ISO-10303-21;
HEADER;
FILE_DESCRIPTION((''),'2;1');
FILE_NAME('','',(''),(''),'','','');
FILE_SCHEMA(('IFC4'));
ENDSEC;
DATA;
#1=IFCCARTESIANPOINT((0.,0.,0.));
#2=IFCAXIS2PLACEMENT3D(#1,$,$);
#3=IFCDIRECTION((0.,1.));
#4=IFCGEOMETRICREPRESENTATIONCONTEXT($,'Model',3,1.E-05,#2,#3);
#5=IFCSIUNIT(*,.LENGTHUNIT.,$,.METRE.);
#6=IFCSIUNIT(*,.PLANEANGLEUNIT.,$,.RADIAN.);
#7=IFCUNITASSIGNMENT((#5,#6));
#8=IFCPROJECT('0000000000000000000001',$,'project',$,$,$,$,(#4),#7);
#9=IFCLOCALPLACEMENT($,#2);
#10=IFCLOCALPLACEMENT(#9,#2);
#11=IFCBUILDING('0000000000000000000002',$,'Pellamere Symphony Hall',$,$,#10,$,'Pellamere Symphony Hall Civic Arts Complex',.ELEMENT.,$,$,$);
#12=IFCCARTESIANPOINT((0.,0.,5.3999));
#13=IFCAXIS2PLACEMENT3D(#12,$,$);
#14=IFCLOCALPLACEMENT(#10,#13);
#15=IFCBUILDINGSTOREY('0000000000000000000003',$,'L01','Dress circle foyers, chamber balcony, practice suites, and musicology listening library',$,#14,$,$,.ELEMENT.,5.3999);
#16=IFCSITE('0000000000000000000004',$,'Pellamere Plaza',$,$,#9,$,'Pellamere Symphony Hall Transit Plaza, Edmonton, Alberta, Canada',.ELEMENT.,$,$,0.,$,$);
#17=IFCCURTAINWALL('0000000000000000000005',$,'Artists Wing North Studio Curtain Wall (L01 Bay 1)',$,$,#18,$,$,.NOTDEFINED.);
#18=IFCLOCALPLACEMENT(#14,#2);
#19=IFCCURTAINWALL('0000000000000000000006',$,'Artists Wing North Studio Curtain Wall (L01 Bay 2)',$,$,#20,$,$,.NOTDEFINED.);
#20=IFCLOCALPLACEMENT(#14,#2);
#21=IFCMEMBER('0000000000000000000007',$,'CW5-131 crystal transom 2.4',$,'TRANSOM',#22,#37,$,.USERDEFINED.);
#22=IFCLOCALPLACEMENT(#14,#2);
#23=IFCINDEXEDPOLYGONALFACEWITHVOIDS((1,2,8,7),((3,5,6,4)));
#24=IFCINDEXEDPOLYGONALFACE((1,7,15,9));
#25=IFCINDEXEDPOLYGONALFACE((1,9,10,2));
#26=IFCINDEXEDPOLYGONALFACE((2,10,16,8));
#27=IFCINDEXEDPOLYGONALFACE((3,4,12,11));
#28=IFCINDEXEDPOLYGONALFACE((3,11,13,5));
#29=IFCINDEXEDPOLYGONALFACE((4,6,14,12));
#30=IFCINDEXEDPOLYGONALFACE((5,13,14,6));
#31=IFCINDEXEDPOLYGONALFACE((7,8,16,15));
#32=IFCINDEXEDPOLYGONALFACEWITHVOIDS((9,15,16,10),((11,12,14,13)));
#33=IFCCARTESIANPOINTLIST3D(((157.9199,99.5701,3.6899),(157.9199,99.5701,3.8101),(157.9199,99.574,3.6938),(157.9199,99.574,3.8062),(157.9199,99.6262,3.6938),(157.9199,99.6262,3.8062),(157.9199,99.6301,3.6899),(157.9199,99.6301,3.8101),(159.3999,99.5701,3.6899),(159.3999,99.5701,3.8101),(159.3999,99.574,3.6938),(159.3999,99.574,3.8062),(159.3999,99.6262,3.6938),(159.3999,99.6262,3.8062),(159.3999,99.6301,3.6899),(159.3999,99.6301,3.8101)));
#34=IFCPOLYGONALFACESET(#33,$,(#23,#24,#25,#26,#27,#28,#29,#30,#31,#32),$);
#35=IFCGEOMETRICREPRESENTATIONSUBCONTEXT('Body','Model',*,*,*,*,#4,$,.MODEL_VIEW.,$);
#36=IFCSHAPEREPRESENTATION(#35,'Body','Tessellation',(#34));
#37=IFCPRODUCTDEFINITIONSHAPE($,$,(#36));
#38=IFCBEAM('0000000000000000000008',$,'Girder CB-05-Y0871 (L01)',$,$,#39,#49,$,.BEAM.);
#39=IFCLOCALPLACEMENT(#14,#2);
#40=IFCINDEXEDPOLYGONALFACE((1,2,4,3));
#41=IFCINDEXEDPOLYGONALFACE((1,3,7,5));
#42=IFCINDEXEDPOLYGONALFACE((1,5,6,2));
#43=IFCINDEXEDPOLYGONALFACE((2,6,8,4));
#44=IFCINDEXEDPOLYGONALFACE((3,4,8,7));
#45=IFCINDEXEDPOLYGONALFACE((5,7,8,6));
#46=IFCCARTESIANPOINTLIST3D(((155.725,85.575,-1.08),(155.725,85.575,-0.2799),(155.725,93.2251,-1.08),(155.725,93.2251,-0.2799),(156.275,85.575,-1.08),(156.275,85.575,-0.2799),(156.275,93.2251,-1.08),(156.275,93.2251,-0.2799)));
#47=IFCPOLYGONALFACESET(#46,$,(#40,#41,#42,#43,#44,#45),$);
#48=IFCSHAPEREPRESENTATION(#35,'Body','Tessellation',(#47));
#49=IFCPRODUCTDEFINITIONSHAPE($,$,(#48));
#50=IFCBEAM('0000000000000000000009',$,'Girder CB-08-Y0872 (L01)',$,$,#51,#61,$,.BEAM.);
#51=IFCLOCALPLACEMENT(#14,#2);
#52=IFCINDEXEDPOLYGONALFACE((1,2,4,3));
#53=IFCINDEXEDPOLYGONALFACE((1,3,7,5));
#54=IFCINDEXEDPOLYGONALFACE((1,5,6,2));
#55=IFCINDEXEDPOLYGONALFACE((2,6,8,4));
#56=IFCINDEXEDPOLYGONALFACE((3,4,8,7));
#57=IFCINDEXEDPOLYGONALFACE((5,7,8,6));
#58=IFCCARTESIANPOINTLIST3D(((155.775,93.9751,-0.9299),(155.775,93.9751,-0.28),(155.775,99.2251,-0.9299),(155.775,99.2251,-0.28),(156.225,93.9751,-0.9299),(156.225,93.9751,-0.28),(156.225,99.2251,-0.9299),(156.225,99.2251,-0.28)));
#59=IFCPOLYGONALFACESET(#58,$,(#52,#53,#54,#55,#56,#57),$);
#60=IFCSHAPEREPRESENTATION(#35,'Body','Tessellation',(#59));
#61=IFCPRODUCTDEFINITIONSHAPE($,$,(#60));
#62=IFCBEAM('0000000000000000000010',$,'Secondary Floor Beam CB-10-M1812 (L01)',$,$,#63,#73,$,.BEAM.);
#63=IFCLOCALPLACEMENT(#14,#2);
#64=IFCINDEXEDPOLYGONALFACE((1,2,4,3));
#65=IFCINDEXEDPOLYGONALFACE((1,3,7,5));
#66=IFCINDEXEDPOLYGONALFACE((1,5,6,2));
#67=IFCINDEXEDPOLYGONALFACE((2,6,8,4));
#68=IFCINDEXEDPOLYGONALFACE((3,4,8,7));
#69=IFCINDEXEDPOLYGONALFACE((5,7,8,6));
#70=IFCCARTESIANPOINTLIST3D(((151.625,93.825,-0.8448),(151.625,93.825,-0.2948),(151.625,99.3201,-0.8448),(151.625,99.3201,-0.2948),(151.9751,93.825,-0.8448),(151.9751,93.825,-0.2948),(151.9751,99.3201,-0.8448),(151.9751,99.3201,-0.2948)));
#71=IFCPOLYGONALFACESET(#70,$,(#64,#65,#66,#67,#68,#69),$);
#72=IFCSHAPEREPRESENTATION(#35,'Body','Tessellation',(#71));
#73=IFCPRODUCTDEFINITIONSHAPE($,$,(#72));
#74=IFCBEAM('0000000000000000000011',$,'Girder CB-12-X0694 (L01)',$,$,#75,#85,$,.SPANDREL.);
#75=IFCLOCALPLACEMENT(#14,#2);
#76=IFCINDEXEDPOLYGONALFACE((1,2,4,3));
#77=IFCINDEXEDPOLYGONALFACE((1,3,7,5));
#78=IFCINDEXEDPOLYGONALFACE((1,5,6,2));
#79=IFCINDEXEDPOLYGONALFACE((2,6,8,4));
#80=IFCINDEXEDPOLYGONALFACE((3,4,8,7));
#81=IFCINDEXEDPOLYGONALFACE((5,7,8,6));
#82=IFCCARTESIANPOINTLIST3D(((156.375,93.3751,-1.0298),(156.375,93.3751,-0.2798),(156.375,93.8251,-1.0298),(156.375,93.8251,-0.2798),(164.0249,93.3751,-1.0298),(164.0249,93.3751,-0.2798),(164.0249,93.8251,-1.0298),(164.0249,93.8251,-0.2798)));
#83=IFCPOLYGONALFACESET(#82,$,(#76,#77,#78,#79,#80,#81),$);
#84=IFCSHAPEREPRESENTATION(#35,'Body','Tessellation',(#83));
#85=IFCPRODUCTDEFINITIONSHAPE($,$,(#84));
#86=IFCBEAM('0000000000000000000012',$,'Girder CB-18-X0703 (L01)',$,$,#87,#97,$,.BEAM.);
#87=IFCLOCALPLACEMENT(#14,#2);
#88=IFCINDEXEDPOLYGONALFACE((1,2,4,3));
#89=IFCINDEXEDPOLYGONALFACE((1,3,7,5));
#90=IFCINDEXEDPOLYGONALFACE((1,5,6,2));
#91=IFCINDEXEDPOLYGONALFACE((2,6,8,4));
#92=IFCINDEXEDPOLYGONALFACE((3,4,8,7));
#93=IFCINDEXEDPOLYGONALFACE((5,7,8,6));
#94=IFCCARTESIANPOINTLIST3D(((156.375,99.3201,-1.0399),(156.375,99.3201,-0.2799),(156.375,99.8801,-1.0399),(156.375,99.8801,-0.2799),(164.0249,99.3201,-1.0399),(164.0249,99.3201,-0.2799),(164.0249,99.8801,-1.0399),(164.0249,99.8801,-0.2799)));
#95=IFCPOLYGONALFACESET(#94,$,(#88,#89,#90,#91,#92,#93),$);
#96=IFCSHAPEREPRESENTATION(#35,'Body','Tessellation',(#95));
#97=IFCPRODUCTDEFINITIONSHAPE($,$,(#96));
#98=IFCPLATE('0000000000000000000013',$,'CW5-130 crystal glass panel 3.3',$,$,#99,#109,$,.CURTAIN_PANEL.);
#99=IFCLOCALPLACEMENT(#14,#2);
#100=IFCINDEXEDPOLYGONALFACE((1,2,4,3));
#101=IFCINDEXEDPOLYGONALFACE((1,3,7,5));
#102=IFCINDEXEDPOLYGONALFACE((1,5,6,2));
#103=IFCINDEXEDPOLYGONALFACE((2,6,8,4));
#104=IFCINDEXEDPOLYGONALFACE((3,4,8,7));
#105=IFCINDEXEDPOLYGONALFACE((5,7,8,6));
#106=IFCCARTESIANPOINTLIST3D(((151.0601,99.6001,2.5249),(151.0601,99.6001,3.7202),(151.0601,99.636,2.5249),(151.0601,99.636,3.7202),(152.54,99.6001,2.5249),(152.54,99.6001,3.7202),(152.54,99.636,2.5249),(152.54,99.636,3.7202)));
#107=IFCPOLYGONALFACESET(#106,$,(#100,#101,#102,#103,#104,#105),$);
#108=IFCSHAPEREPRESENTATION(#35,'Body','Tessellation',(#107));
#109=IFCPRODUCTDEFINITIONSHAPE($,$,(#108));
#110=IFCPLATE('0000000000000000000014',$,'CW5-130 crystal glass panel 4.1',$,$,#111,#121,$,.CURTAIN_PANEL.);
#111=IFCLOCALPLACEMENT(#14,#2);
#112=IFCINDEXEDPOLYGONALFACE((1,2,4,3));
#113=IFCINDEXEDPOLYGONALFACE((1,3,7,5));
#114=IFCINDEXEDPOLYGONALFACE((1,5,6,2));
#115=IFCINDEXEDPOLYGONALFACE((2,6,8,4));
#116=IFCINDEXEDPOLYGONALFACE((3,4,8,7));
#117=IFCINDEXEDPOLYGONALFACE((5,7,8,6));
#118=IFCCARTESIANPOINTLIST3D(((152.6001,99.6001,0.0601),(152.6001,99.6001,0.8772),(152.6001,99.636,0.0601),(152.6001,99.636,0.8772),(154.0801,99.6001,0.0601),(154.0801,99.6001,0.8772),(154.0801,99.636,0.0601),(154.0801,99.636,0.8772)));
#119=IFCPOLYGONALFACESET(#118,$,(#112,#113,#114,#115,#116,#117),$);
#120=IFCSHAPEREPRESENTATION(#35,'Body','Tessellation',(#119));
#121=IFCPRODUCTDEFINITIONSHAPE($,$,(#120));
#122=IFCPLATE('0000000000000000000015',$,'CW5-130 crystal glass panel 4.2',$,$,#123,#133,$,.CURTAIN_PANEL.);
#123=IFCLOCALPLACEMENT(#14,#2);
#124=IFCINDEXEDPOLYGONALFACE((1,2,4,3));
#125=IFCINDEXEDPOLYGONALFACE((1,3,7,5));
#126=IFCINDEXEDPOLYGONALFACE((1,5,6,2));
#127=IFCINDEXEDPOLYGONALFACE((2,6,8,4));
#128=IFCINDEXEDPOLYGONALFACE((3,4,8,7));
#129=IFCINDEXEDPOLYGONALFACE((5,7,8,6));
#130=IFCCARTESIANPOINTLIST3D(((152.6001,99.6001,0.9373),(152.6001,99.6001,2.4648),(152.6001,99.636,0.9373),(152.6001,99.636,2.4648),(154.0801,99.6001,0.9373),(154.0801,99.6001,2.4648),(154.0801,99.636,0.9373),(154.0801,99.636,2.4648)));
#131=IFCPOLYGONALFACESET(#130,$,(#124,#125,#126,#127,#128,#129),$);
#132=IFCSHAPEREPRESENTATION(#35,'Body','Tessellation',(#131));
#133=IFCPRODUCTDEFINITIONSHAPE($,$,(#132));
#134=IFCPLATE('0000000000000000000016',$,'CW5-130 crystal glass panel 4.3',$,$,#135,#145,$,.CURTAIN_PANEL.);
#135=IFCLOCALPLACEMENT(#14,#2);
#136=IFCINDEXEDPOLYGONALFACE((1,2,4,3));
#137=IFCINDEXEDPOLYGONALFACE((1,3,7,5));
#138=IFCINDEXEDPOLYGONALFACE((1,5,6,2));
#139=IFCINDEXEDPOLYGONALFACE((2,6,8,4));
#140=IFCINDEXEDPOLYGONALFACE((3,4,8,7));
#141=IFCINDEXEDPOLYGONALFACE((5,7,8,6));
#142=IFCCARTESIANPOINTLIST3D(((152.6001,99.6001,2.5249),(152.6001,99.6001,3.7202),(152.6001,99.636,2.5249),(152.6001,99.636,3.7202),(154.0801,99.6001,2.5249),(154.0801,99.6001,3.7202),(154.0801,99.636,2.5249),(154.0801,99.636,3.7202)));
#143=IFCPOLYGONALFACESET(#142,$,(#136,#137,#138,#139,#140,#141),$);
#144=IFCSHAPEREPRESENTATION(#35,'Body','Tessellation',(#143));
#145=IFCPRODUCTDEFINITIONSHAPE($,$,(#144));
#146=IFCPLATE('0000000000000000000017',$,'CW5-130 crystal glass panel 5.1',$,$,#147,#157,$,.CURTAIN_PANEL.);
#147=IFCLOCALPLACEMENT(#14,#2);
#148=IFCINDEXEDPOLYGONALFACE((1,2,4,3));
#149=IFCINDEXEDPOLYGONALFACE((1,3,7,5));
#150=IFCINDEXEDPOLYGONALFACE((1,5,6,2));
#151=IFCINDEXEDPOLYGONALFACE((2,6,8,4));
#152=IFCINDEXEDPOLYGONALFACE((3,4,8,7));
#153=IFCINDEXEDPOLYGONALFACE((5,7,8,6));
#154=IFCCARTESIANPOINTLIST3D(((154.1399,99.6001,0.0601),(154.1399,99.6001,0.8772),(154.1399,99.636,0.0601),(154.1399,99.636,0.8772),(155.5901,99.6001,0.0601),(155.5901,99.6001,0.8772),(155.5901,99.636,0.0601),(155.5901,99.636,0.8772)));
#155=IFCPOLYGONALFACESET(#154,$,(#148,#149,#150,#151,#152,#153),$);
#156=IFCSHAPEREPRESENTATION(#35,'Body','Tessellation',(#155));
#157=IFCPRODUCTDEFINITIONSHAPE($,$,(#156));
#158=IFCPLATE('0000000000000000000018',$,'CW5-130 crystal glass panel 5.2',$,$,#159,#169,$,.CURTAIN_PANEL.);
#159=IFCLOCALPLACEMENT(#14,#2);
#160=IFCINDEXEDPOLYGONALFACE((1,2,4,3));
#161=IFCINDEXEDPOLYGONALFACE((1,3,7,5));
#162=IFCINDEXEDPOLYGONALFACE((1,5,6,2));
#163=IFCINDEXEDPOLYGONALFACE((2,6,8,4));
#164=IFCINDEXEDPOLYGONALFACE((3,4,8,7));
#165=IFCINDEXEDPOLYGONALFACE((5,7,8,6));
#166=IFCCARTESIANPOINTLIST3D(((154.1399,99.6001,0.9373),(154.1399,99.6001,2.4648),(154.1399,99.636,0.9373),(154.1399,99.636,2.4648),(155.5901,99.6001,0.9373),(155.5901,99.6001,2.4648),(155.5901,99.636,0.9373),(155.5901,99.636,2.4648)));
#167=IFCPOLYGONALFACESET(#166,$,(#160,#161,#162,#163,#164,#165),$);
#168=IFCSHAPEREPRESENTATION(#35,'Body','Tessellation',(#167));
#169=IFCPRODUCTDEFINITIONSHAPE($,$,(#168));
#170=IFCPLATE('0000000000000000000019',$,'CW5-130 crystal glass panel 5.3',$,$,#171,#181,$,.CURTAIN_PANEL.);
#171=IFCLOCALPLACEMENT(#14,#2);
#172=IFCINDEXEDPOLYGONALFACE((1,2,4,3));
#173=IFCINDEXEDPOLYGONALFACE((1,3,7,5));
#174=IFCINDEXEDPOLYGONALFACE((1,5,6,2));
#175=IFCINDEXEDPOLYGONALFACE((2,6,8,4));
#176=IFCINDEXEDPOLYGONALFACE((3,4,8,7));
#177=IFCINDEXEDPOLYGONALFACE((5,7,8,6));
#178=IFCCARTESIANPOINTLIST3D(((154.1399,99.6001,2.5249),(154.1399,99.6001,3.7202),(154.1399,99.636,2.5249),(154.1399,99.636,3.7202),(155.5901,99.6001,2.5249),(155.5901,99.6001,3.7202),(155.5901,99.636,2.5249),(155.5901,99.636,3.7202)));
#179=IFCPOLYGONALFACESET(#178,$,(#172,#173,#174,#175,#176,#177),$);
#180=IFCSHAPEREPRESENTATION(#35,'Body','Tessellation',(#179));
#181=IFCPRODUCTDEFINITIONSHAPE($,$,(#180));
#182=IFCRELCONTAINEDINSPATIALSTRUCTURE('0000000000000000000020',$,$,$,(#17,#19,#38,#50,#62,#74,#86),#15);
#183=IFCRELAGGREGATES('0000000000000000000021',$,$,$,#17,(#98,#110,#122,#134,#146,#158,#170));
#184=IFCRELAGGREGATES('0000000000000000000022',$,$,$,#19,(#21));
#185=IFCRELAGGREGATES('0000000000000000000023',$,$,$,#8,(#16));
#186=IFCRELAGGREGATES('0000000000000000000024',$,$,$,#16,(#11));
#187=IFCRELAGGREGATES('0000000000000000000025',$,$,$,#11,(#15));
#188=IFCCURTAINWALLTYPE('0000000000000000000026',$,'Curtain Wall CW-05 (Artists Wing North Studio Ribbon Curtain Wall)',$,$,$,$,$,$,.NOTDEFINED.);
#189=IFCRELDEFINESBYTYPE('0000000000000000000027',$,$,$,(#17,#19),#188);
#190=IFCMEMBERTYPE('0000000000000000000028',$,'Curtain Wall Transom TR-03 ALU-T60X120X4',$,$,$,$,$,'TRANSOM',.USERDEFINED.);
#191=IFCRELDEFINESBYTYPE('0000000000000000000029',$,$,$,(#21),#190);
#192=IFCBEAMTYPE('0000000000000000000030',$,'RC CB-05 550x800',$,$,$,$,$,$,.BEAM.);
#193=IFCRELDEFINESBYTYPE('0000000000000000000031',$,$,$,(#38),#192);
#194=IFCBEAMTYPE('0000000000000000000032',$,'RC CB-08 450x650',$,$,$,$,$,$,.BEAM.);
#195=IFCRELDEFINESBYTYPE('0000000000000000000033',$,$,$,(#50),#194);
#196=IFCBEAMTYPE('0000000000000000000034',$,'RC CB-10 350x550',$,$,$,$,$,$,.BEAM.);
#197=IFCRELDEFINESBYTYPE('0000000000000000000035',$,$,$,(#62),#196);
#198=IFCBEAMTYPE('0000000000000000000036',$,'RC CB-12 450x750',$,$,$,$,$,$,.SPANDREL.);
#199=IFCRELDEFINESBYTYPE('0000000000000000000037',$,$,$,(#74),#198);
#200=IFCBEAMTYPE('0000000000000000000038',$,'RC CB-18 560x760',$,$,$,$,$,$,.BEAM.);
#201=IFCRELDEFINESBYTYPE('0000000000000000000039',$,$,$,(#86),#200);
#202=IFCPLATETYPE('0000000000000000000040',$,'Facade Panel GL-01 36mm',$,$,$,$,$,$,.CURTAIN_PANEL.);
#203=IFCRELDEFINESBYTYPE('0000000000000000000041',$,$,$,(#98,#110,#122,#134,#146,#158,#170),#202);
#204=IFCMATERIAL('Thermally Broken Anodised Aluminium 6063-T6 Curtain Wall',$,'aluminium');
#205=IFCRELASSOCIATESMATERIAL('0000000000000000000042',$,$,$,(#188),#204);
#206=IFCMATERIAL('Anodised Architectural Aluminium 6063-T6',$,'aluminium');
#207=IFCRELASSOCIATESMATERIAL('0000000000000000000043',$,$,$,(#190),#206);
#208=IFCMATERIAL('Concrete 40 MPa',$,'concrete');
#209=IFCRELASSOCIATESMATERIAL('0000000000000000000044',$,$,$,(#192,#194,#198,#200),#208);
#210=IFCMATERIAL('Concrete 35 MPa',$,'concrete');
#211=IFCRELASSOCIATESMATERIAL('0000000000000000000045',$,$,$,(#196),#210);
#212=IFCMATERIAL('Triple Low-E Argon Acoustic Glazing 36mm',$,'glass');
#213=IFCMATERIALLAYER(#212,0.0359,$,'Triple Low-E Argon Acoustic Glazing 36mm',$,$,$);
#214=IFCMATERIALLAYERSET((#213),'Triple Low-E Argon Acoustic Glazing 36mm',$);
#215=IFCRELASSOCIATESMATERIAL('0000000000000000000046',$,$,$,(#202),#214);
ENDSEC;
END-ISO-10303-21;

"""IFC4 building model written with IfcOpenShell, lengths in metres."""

from ifc_helpers import new_model, si_unit, direction, frame, origin, origin_2d, place, context, subcontext, project, spatial, polyline, rectangle, hollow_rectangle, outline, extrude, material, layer, layer_set, material_profile, profile_set, type_object, element, aggregate, save


model = new_model("IFC4")

# Units and contexts
model_context = context("Model", 3, precision=1e-05, world=origin(), true_north=direction((0.0, 1.0)))
body_context = subcontext(model_context, "Body", "Model", "MODEL_VIEW")
ifc_project = project(units=[si_unit("LENGTHUNIT", "METRE"), si_unit("PLANEANGLEUNIT", "RADIAN")], contexts=[model_context])

# Site, building, storey
site_placement = place(None, origin())
site = spatial("IfcSite", under=ifc_project, at=site_placement, Name="Pellamere Plaza", LongName="Pellamere Symphony Hall Transit Plaza, Edmonton, Alberta, Canada", CompositionType="ELEMENT", RefElevation=0.0)
building_placement = place(site_placement, origin())
building = spatial("IfcBuilding", under=site, at=building_placement, Name="Pellamere Symphony Hall", LongName="Pellamere Symphony Hall Civic Arts Complex", CompositionType="ELEMENT")
storey_placement = place(building_placement, frame((0.0, 0.0, 5.3999)))
storey = spatial("IfcBuildingStorey", under=building, at=storey_placement, Name="L01", Description="Dress circle foyers, chamber balcony, practice suites, and musicology listening library", CompositionType="ELEMENT", Elevation=5.3999)

# Shared definitions
ifc_material_1 = material(Name="Concrete 40 MPa", Category="concrete")

# Curtain walls
ifc_material_2 = material(Name="Thermally Broken Anodised Aluminium 6063-T6 Curtain Wall", Category="aluminium")
curtain_wall_type = type_object("IfcCurtainWallType", Name="Curtain Wall CW-05 (Artists Wing North Studio Ribbon Curtain Wall)", PredefinedType="NOTDEFINED", material=ifc_material_2)
curtain_wall_1_placement = place(storey_placement, origin())
curtain_wall_1 = element("IfcCurtainWall", 1, at=curtain_wall_1_placement, inside=storey, type_object=curtain_wall_type, Name="Artists Wing North Studio Curtain Wall (L01 Bay 1)", PredefinedType="NOTDEFINED")
ifc_material_3 = material(Name="Anodised Architectural Aluminium 6063-T6", Category="aluminium")
curtain_wall_2_placement = place(storey_placement, origin())
curtain_wall_2 = element("IfcCurtainWall", 2, at=curtain_wall_2_placement, inside=storey, type_object=curtain_wall_type, Name="Artists Wing North Studio Curtain Wall (L01 Bay 2)", PredefinedType="NOTDEFINED")

# Member
ifc_material_profile_1 = material_profile(ifc_material_3, hollow_rectangle(XDim=0.0601, YDim=0.1201, WallThickness=0.0039, at=origin_2d()), Name="ALU-T60X120X4")
ifc_profile_set_1 = profile_set([ifc_material_profile_1], Name="Anodised Architectural Aluminium 6063-T6")
member_type_1 = type_object("IfcMemberType", Name="Curtain Wall Transom TR-03 ALU-T60X120X4", ElementType="TRANSOM", PredefinedType="USERDEFINED", material=ifc_profile_set_1)
member_1_placement = place(storey_placement, frame((157.9199, 99.6001, 3.75), z_axis=(1.0, 0.0, 0.0), x_axis=(0.0, 1.0, 0.0)))
member_1 = element("IfcMember", 3, at=member_1_placement, type_object=member_type_1, Name="CW5-131 crystal transom 2.4", ObjectType="TRANSOM", PredefinedType="USERDEFINED", context=body_context, shape_type="SweptSolid", body=[
    extrude(hollow_rectangle(XDim=0.0601, YDim=0.1201, WallThickness=0.0039, at=origin_2d()), origin(), (0.0, 0.0, 1.0), 1.48),
])

# Beams
ifc_material_profile_2 = material_profile(ifc_material_1, rectangle(XDim=0.55, YDim=0.8, at=origin_2d()), Name="RC 550x800")
ifc_profile_set_2 = profile_set([ifc_material_profile_2], Name="Concrete 40 MPa")
beam_type_1 = type_object("IfcBeamType", Name="RC CB-05 550x800", PredefinedType="BEAM", material=ifc_profile_set_2)
beam_1_placement = place(storey_placement, frame((156.0, 85.575, -0.6799), z_axis=(0.0, 1.0, 0.0), x_axis=(-1.0, 0.0, 0.0)))
element("IfcBeam", 4, at=beam_1_placement, inside=storey, type_object=beam_type_1, Name="Girder CB-05-Y0871 (L01)", PredefinedType="BEAM", context=body_context, shape_type="SweptSolid", body=[
    extrude(rectangle(XDim=0.55, YDim=0.8, at=origin_2d()), origin(), (0.0, 0.0, 1.0), 7.6501),
])
ifc_material_profile_3 = material_profile(ifc_material_1, rectangle(XDim=0.45, YDim=0.6499, at=origin_2d()), Name="RC 450x650")
ifc_profile_set_3 = profile_set([ifc_material_profile_3], Name="Concrete 40 MPa")
beam_type_2 = type_object("IfcBeamType", Name="RC CB-08 450x650", PredefinedType="BEAM", material=ifc_profile_set_3)
beam_2_placement = place(storey_placement, frame((156.0, 93.9751, -0.605), z_axis=(0.0, 1.0, 0.0), x_axis=(-1.0, 0.0, 0.0)))
element("IfcBeam", 5, at=beam_2_placement, inside=storey, type_object=beam_type_2, Name="Girder CB-08-Y0872 (L01)", PredefinedType="BEAM", context=body_context, shape_type="SweptSolid", body=[
    extrude(rectangle(XDim=0.45, YDim=0.6499, at=origin_2d()), origin(), (0.0, 0.0, 1.0), 5.25),
])
ifc_material_4 = material(Name="Concrete 35 MPa", Category="concrete")
ifc_material_profile_4 = material_profile(ifc_material_4, rectangle(XDim=0.3501, YDim=0.55, at=origin_2d()), Name="RC 350x550")
ifc_profile_set_4 = profile_set([ifc_material_profile_4], Name="Concrete 35 MPa")
beam_type_3 = type_object("IfcBeamType", Name="RC CB-10 350x550", PredefinedType="BEAM", material=ifc_profile_set_4)
beam_3_placement = place(storey_placement, frame((151.8, 93.825, -0.5698), z_axis=(0.0, 1.0, 0.0), x_axis=(-1.0, 0.0, 0.0)))
element("IfcBeam", 6, at=beam_3_placement, inside=storey, type_object=beam_type_3, Name="Secondary Floor Beam CB-10-M1812 (L01)", PredefinedType="BEAM", context=body_context, shape_type="SweptSolid", body=[
    extrude(rectangle(XDim=0.3501, YDim=0.55, at=origin_2d()), origin(), (0.0, 0.0, 1.0), 5.4951),
])
ifc_material_profile_5 = material_profile(ifc_material_1, rectangle(XDim=0.45, YDim=0.75, at=origin_2d()), Name="RC 450x750")
ifc_profile_set_5 = profile_set([ifc_material_profile_5], Name="Concrete 40 MPa")
beam_type_4 = type_object("IfcBeamType", Name="RC CB-12 450x750", PredefinedType="SPANDREL", material=ifc_profile_set_5)
beam_4_placement = place(storey_placement, frame((156.375, 93.6001, -0.6548), z_axis=(1.0, 0.0, 0.0), x_axis=(0.0, 1.0, 0.0)))
element("IfcBeam", 7, at=beam_4_placement, inside=storey, type_object=beam_type_4, Name="Girder CB-12-X0694 (L01)", PredefinedType="SPANDREL", context=body_context, shape_type="SweptSolid", body=[
    extrude(rectangle(XDim=0.45, YDim=0.75, at=origin_2d()), origin(), (0.0, 0.0, 1.0), 7.6499),
])
ifc_material_profile_6 = material_profile(ifc_material_1, rectangle(XDim=0.5601, YDim=0.76, at=origin_2d()), Name="RC 560x760")
ifc_profile_set_6 = profile_set([ifc_material_profile_6], Name="Concrete 40 MPa")
beam_type_5 = type_object("IfcBeamType", Name="RC CB-18 560x760", PredefinedType="BEAM", material=ifc_profile_set_6)
beam_5_placement = place(storey_placement, frame((156.375, 99.6001, -0.6599), z_axis=(1.0, 0.0, 0.0), x_axis=(0.0, 1.0, 0.0)))
element("IfcBeam", 8, at=beam_5_placement, inside=storey, type_object=beam_type_5, Name="Girder CB-18-X0703 (L01)", PredefinedType="BEAM", context=body_context, shape_type="SweptSolid", body=[
    extrude(rectangle(XDim=0.5601, YDim=0.76, at=origin_2d()), origin(), (0.0, 0.0, 1.0), 7.6499),
])

# Plates
ifc_material_5 = material(Name="Triple Low-E Argon Acoustic Glazing 36mm", Category="glass")
ifc_layer = layer(ifc_material_5, 0.0359, Name="Triple Low-E Argon Acoustic Glazing 36mm")
ifc_layer_set = layer_set([ifc_layer], Name="Triple Low-E Argon Acoustic Glazing 36mm")
plate_type = type_object("IfcPlateType", Name="Facade Panel GL-01 36mm", PredefinedType="CURTAIN_PANEL", material=ifc_layer_set)
plate_1_placement = place(storey_placement, frame((151.0601, 99.6001, 2.5249), z_axis=(0.0, -1.0, 0.0), x_axis=(1.0, 0.0, 0.0)))
plate_1 = element("IfcPlate", 9, at=plate_1_placement, type_object=plate_type, Name="CW5-130 crystal glass panel 3.3", PredefinedType="CURTAIN_PANEL", context=body_context, shape_type="SweptSolid", body=[
    extrude(outline(polyline([(0.0, 0.0), (1.48, 0.0), (1.48, 1.1953), (0.0, 1.1953), (0.0, 0.0)])), origin(), (0.0, 0.0, -1.0), 0.0359),
])
plate_2_placement = place(storey_placement, frame((152.6001, 99.6001, 0.0601), z_axis=(0.0, -1.0, 0.0), x_axis=(1.0, 0.0, 0.0)))
plate_2 = element("IfcPlate", 10, at=plate_2_placement, type_object=plate_type, Name="CW5-130 crystal glass panel 4.1", PredefinedType="CURTAIN_PANEL", context=body_context, shape_type="SweptSolid", body=[
    extrude(outline(polyline([(0.0, 0.0), (1.48, 0.0), (1.48, 0.8171), (0.0, 0.8171), (0.0, 0.0)])), origin(), (0.0, 0.0, -1.0), 0.0359),
])
plate_3_placement = place(storey_placement, frame((152.6001, 99.6001, 0.9373), z_axis=(0.0, -1.0, 0.0), x_axis=(1.0, 0.0, 0.0)))
plate_3 = element("IfcPlate", 11, at=plate_3_placement, type_object=plate_type, Name="CW5-130 crystal glass panel 4.2", PredefinedType="CURTAIN_PANEL", context=body_context, shape_type="SweptSolid", body=[
    extrude(outline(polyline([(0.0, 0.0), (1.48, 0.0), (1.48, 1.5276), (0.0, 1.5276), (0.0, 0.0)])), origin(), (0.0, 0.0, -1.0), 0.0359),
])
plate_4_placement = place(storey_placement, frame((152.6001, 99.6001, 2.5249), z_axis=(0.0, -1.0, 0.0), x_axis=(1.0, 0.0, 0.0)))
plate_4 = element("IfcPlate", 12, at=plate_4_placement, type_object=plate_type, Name="CW5-130 crystal glass panel 4.3", PredefinedType="CURTAIN_PANEL", context=body_context, shape_type="SweptSolid", body=[
    extrude(outline(polyline([(0.0, 0.0), (1.48, 0.0), (1.48, 1.1953), (0.0, 1.1953), (0.0, 0.0)])), origin(), (0.0, 0.0, -1.0), 0.0359),
])
plate_5_placement = place(storey_placement, frame((154.1399, 99.6001, 0.0601), z_axis=(0.0, -1.0, 0.0), x_axis=(1.0, 0.0, 0.0)))
plate_5 = element("IfcPlate", 13, at=plate_5_placement, type_object=plate_type, Name="CW5-130 crystal glass panel 5.1", PredefinedType="CURTAIN_PANEL", context=body_context, shape_type="SweptSolid", body=[
    extrude(outline(polyline([(0.0, 0.0), (1.4502, 0.0), (1.4502, 0.8171), (0.0, 0.8171), (0.0, 0.0)])), origin(), (0.0, 0.0, -1.0), 0.0359),
])
plate_6_placement = place(storey_placement, frame((154.1399, 99.6001, 0.9373), z_axis=(0.0, -1.0, 0.0), x_axis=(1.0, 0.0, 0.0)))
plate_6 = element("IfcPlate", 14, at=plate_6_placement, type_object=plate_type, Name="CW5-130 crystal glass panel 5.2", PredefinedType="CURTAIN_PANEL", context=body_context, shape_type="SweptSolid", body=[
    extrude(outline(polyline([(0.0, 0.0), (1.4502, 0.0), (1.4502, 1.5276), (0.0, 1.5276), (0.0, 0.0)])), origin(), (0.0, 0.0, -1.0), 0.0359),
])
plate_7_placement = place(storey_placement, frame((154.1399, 99.6001, 2.5249), z_axis=(0.0, -1.0, 0.0), x_axis=(1.0, 0.0, 0.0)))
plate_7 = element("IfcPlate", 15, at=plate_7_placement, type_object=plate_type, Name="CW5-130 crystal glass panel 5.3", PredefinedType="CURTAIN_PANEL", context=body_context, shape_type="SweptSolid", body=[
    extrude(outline(polyline([(0.0, 0.0), (1.4502, 0.0), (1.4502, 1.1953), (0.0, 1.1953), (0.0, 0.0)])), origin(), (0.0, 0.0, -1.0), 0.0359),
])
aggregate(curtain_wall_1, [plate_1, plate_2, plate_3, plate_4, plate_5, plate_6, plate_7])
aggregate(curtain_wall_2, [member_1])

save(model, "model.ifc")
